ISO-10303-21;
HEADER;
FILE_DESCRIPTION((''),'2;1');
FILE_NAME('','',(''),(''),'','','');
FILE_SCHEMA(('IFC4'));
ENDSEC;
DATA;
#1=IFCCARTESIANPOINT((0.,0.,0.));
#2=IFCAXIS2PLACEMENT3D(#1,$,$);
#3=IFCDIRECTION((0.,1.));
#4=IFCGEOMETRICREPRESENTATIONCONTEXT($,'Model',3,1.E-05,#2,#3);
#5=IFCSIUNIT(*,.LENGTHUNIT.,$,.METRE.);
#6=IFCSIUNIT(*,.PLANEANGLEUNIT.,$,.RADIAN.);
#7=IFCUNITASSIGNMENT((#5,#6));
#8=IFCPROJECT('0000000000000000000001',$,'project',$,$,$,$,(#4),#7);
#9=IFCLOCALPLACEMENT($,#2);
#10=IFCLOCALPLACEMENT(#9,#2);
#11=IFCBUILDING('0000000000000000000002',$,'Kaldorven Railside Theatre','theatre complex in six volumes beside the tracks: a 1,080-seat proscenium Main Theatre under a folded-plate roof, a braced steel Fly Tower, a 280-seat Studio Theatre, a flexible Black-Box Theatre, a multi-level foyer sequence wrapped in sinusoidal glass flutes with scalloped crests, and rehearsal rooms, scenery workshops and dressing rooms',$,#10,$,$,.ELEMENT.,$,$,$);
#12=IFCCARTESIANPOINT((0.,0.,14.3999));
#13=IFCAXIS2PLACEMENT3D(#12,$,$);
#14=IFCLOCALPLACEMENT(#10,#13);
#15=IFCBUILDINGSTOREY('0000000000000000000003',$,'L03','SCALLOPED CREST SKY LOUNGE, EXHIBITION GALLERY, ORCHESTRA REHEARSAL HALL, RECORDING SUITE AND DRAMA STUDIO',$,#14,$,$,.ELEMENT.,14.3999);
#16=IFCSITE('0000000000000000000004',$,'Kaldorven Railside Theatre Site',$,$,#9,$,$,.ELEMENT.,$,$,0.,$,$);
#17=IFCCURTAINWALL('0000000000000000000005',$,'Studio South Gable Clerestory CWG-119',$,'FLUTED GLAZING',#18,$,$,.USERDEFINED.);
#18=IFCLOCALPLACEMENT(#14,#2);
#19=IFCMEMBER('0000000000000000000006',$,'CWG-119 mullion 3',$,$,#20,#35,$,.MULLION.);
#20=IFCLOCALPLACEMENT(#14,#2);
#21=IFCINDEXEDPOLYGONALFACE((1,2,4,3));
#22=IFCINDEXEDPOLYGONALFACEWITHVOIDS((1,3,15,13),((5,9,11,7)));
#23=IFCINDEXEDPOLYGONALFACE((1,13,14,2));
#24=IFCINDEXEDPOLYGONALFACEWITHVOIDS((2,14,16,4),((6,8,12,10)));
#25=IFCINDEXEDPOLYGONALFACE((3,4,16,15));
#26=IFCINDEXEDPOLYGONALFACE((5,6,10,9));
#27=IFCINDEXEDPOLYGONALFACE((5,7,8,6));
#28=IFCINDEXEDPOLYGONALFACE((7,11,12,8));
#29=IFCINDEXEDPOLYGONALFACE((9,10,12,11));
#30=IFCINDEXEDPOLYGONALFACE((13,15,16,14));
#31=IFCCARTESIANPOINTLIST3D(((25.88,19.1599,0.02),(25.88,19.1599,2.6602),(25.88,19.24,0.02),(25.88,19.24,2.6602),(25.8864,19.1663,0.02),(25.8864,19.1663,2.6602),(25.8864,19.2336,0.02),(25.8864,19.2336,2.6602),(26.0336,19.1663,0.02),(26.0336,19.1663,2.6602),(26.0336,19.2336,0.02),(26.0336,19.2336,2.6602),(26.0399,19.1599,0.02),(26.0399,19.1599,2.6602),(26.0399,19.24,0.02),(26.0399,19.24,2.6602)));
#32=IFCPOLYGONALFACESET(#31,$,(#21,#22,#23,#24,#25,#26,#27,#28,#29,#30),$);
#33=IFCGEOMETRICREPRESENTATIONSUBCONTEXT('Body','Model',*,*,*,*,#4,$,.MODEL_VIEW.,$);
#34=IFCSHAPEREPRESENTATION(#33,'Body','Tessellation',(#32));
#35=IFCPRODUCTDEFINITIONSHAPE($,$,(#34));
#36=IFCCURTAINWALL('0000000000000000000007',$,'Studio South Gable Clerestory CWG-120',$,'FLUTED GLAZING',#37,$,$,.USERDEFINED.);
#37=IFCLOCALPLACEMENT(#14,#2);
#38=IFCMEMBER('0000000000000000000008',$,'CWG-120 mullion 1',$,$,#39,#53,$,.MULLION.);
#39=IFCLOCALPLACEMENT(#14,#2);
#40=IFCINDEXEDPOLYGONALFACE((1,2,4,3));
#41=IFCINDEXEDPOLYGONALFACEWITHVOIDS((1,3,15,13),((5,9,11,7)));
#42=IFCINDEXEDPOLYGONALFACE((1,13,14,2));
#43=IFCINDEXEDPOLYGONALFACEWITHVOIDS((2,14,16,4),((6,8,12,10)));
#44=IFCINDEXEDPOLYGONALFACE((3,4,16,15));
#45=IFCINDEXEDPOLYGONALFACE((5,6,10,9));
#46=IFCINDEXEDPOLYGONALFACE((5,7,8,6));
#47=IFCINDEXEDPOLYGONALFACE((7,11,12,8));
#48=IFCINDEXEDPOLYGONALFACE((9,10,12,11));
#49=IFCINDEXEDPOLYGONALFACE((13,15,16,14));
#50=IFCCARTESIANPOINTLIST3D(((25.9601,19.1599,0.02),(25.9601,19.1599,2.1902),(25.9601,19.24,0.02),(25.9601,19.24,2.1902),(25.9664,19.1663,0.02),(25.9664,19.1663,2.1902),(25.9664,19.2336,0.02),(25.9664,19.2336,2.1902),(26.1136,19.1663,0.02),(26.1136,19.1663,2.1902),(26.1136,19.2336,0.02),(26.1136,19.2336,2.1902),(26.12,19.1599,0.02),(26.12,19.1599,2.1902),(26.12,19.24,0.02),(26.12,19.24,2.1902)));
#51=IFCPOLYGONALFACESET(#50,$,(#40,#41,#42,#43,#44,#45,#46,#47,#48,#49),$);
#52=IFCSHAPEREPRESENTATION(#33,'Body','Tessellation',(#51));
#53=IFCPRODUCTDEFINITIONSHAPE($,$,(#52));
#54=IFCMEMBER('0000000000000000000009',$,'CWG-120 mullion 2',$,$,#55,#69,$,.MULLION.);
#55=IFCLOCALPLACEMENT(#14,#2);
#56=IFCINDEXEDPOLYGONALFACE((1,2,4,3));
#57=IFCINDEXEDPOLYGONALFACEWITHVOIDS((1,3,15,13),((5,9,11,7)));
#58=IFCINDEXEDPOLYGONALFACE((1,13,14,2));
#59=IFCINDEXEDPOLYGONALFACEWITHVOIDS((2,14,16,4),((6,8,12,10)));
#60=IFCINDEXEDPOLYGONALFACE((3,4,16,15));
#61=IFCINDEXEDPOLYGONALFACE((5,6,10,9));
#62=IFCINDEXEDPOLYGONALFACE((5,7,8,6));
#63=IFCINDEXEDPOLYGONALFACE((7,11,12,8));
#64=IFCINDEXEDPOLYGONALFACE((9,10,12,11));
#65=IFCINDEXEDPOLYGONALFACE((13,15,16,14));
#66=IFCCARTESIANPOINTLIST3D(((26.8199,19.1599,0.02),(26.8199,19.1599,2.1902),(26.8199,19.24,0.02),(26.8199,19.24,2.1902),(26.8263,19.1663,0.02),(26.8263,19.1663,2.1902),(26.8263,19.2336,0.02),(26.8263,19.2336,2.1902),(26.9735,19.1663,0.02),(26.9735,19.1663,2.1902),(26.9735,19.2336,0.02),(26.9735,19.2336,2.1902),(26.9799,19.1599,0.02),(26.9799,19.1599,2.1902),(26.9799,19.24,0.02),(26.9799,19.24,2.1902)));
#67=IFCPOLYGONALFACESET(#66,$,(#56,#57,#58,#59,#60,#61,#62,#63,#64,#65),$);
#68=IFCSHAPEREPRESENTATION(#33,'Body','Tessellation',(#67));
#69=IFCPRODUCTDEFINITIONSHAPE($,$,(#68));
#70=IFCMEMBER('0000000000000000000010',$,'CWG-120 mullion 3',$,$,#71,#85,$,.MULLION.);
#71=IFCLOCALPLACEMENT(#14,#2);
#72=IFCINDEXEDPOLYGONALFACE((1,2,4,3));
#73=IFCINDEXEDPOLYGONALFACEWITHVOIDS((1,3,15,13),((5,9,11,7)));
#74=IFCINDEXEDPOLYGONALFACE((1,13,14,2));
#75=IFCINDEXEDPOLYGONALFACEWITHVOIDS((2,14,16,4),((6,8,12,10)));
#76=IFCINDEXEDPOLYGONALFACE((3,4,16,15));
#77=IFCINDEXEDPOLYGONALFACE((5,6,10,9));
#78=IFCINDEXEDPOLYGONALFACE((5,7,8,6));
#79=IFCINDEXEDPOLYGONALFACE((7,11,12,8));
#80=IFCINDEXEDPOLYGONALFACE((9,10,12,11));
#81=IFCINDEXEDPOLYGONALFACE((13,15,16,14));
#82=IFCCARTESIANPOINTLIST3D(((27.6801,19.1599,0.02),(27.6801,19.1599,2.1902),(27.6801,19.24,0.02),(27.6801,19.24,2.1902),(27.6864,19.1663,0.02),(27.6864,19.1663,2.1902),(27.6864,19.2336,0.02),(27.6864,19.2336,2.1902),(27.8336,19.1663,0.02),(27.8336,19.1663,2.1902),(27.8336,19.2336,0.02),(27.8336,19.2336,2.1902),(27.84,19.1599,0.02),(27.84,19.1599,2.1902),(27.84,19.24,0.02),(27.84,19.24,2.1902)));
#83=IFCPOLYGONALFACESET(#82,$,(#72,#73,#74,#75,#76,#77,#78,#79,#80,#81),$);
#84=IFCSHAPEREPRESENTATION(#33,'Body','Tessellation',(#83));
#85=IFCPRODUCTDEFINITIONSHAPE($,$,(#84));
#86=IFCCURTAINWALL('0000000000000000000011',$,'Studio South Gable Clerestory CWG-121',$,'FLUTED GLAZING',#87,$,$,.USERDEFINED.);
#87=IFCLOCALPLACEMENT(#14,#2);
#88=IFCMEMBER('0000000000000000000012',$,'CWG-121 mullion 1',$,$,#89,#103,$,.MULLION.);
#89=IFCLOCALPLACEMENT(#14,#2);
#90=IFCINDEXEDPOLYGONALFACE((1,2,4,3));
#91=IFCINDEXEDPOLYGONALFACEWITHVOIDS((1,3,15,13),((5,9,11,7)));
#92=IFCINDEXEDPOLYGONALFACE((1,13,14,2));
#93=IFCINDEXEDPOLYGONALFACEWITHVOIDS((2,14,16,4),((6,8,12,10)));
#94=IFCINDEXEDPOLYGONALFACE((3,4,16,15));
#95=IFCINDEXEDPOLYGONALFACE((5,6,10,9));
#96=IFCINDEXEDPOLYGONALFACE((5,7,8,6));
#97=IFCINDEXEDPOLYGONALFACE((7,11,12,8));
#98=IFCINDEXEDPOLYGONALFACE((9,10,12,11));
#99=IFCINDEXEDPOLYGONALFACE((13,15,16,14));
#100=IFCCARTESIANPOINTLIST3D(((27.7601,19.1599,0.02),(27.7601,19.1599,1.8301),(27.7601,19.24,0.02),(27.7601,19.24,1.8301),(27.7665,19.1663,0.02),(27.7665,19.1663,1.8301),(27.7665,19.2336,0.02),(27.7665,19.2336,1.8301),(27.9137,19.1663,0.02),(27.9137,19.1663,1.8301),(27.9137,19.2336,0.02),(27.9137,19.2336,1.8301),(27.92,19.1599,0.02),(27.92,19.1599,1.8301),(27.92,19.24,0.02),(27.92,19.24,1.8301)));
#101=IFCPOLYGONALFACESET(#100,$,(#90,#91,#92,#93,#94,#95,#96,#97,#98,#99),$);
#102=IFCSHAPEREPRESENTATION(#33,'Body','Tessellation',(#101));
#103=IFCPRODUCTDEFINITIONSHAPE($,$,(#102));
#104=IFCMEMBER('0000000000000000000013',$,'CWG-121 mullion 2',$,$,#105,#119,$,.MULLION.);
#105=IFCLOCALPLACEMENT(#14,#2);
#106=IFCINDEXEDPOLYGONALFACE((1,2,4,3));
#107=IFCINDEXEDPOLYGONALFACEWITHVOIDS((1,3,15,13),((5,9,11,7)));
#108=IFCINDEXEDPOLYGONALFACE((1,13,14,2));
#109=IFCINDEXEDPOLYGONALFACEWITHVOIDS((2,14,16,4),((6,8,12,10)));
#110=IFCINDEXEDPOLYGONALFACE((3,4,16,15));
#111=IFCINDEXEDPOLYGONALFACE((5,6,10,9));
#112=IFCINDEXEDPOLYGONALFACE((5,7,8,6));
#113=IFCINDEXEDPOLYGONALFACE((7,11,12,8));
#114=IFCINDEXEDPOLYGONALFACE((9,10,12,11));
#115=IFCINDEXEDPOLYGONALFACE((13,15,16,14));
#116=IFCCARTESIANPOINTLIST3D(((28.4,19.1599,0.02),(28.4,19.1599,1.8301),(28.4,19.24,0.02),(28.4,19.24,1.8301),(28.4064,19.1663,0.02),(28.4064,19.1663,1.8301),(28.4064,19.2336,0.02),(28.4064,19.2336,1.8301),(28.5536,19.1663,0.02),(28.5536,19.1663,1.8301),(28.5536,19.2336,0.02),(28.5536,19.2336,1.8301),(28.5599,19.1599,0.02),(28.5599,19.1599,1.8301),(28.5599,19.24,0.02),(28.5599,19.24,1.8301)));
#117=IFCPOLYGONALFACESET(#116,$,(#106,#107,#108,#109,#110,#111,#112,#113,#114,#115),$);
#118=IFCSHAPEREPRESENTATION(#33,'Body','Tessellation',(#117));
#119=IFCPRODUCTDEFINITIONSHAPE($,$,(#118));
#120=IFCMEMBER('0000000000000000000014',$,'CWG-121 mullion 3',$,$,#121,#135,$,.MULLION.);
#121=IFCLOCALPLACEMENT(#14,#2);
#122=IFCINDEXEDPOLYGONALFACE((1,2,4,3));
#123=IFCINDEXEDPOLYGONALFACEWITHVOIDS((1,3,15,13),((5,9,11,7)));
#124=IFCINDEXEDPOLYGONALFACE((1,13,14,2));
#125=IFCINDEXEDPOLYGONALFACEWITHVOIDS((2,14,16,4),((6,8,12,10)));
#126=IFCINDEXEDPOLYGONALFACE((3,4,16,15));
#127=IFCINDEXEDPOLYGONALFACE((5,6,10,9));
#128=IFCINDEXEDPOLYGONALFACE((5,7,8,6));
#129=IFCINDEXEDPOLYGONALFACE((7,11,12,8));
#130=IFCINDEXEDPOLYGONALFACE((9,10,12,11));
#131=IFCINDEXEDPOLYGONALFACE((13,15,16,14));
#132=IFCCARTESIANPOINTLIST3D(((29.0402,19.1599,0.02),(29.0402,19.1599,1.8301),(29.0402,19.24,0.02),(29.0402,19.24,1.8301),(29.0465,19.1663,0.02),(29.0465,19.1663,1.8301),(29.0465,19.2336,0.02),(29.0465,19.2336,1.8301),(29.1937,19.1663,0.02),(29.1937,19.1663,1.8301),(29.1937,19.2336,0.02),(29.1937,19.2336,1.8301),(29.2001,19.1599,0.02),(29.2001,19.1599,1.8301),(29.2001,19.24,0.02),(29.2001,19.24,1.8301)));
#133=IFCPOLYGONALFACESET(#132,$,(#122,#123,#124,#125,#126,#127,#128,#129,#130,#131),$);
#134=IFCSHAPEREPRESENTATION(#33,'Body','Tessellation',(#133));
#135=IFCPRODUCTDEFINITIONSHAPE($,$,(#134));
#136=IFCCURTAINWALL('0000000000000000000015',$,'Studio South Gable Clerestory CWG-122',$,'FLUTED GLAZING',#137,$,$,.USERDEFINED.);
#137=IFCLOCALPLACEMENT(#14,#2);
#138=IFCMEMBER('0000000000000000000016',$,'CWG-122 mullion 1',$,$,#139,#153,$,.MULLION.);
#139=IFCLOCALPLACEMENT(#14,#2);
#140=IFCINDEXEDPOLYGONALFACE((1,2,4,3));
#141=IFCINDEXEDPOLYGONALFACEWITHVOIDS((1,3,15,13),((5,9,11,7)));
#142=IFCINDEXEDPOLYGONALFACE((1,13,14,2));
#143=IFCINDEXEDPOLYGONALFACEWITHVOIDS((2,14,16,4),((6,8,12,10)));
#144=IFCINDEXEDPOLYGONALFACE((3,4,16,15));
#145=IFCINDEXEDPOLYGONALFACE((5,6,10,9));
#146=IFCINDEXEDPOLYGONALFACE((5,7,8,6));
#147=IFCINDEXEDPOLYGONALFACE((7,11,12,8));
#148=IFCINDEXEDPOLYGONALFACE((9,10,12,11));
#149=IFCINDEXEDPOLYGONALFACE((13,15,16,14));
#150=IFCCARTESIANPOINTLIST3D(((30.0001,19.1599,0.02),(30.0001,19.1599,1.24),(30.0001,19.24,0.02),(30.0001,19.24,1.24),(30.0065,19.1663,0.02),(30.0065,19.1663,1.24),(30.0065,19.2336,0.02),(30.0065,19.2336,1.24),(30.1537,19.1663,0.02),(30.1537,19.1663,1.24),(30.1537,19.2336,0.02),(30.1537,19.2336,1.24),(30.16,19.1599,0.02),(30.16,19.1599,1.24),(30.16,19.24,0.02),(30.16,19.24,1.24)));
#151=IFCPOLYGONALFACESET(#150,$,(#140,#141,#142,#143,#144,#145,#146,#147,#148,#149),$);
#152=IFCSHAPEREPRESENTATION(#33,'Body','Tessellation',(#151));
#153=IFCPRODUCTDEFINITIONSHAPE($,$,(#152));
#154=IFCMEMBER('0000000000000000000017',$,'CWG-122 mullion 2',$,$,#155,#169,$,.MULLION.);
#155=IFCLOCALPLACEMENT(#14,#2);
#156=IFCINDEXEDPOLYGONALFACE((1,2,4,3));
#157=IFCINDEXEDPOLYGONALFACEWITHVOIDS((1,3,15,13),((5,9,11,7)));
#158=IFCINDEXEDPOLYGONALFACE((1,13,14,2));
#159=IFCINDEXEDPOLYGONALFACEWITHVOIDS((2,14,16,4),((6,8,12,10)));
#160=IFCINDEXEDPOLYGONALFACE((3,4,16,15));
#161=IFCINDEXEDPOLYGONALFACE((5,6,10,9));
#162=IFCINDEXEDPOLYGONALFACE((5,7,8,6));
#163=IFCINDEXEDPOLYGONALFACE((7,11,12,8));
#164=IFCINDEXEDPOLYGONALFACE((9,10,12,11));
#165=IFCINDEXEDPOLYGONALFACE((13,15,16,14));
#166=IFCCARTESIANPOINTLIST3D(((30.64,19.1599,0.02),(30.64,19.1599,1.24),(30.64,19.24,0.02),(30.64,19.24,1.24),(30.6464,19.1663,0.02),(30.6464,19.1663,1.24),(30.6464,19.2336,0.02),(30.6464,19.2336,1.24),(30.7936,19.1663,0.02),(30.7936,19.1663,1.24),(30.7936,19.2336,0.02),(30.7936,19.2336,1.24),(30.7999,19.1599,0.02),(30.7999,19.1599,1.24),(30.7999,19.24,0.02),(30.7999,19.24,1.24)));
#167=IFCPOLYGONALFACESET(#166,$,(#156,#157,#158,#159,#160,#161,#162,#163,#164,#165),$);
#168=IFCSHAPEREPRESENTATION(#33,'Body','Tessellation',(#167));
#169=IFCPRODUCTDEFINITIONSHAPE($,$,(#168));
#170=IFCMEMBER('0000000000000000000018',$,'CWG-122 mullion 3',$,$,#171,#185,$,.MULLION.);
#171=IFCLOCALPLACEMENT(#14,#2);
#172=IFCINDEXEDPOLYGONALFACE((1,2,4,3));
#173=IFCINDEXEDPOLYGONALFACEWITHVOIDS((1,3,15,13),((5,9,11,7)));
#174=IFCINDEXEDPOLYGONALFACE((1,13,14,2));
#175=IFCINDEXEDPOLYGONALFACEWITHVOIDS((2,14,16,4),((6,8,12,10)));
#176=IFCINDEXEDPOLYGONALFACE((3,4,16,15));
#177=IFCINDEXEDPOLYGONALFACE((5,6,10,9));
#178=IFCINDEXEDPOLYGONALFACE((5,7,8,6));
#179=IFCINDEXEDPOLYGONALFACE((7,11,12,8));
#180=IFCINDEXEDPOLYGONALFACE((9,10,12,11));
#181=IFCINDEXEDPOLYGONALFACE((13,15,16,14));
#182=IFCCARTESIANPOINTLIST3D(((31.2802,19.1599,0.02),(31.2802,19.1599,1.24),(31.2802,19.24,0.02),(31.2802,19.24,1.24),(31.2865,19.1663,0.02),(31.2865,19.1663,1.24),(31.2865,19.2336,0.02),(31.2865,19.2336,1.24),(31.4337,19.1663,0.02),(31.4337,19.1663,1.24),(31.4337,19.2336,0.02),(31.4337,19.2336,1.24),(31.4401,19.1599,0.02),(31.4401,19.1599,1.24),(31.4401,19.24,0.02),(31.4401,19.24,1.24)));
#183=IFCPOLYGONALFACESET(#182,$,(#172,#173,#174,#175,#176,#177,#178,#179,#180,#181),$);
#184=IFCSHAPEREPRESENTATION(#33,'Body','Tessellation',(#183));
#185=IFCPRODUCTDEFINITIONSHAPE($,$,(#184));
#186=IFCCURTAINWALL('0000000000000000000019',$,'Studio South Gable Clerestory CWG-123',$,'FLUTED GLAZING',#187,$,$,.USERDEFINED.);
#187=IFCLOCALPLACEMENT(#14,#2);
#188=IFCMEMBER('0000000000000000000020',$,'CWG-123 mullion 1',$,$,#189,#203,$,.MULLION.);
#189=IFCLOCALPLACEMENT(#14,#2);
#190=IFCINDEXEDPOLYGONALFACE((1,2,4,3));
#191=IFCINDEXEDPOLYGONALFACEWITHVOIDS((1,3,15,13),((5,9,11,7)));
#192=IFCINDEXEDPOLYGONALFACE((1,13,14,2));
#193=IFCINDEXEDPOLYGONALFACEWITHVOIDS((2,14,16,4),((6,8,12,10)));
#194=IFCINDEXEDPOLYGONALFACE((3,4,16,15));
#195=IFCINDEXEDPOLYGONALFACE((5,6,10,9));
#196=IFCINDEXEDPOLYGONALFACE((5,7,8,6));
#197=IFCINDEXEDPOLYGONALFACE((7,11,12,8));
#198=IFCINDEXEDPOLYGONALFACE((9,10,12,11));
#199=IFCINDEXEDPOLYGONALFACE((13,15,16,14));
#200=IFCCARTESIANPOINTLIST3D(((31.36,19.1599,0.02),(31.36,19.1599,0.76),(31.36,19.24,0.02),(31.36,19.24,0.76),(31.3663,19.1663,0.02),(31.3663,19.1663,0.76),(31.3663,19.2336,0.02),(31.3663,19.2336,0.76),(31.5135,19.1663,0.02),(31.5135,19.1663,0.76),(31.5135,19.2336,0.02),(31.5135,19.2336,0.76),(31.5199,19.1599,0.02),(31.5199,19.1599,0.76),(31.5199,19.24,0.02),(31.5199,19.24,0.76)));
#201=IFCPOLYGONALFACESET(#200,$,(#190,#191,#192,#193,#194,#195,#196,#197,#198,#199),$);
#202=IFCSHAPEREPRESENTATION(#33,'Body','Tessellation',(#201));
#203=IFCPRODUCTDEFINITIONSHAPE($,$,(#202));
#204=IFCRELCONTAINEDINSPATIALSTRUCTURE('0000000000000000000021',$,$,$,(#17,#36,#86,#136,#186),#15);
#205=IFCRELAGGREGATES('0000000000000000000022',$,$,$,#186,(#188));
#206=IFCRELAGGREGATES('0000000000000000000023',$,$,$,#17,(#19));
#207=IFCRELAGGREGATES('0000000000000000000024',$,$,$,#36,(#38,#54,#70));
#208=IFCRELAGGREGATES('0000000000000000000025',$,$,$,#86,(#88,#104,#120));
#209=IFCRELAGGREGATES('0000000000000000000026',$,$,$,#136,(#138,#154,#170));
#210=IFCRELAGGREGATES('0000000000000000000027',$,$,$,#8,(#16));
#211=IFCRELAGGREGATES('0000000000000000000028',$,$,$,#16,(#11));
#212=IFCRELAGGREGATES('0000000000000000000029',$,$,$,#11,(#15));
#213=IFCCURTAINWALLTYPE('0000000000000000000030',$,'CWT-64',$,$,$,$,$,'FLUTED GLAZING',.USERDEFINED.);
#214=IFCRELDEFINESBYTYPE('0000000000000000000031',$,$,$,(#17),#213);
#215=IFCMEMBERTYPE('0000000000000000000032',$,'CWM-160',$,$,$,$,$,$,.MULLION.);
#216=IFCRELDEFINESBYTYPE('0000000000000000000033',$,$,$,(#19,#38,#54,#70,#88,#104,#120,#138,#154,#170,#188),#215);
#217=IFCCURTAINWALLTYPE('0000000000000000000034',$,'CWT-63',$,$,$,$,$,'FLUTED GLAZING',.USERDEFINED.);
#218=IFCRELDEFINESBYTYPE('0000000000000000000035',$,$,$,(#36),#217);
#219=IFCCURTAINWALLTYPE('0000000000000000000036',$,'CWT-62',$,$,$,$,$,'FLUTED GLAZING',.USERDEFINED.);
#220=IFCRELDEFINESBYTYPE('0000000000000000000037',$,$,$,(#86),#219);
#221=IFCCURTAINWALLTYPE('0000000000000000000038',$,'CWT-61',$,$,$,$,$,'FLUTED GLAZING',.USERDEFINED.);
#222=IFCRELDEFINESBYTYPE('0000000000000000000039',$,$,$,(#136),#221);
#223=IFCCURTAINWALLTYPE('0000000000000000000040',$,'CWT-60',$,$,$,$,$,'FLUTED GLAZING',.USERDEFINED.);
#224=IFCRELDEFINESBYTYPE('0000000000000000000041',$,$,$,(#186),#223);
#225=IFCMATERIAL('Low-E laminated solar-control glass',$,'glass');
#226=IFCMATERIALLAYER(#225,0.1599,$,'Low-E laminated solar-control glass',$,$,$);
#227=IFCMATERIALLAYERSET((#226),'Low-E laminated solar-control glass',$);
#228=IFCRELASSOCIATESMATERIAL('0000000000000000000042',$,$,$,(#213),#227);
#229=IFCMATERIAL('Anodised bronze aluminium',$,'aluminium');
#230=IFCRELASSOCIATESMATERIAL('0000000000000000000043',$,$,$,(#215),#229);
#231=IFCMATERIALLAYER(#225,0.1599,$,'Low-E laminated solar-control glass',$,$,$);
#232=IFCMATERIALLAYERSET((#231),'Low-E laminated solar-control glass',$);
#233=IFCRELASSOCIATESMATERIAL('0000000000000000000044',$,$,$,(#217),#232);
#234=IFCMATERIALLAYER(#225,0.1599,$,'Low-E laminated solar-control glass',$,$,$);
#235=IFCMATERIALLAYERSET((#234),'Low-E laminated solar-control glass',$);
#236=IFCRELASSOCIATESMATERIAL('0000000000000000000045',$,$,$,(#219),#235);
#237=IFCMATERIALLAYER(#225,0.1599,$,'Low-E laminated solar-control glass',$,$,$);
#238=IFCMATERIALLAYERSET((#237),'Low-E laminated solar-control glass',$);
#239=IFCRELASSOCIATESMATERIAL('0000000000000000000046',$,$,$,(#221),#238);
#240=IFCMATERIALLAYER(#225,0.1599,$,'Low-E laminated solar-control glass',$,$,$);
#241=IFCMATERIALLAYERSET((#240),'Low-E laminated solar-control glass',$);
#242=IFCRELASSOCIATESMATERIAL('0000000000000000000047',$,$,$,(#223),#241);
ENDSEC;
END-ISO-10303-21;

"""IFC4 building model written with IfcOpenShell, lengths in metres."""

from ifc_helpers import new_model, si_unit, direction, frame, origin, origin_2d, place, context, subcontext, project, spatial, hollow_rectangle, extrude, material, layer, layer_set, material_profile, profile_set, type_object, element, aggregate, save


model = new_model("IFC4")

# Units and contexts
model_context = context("Model", 3, precision=1e-05, world=origin(), true_north=direction((0.0, 1.0)))
body_context = subcontext(model_context, "Body", "Model", "MODEL_VIEW")
ifc_project = project(units=[si_unit("LENGTHUNIT", "METRE"), si_unit("PLANEANGLEUNIT", "RADIAN")], contexts=[model_context])

# Site, building, storey
site_placement = place(None, origin())
site = spatial("IfcSite", under=ifc_project, at=site_placement, Name="Kaldorven Railside Theatre Site", CompositionType="ELEMENT", RefElevation=0.0)
building_placement = place(site_placement, origin())
building = spatial("IfcBuilding", under=site, at=building_placement, Name="Kaldorven Railside Theatre", Description="theatre complex in six volumes beside the tracks: a 1,080-seat proscenium Main Theatre under a folded-plate roof, a braced steel Fly Tower, a 280-seat Studio Theatre, a flexible Black-Box Theatre, a multi-level foyer sequence wrapped in sinusoidal glass flutes with scalloped crests, and rehearsal rooms, scenery workshops and dressing rooms", CompositionType="ELEMENT")
storey_placement = place(building_placement, frame((0.0, 0.0, 14.3999)))
storey = spatial("IfcBuildingStorey", under=building, at=storey_placement, Name="L03", Description="SCALLOPED CREST SKY LOUNGE, EXHIBITION GALLERY, ORCHESTRA REHEARSAL HALL, RECORDING SUITE AND DRAMA STUDIO", CompositionType="ELEMENT", Elevation=14.3999)

# Curtain wall, member
ifc_material_1 = material(Name="Low-E laminated solar-control glass", Category="glass")
ifc_layer_1 = layer(ifc_material_1, 0.1599, Name="Low-E laminated solar-control glass")
ifc_layer_set_1 = layer_set([ifc_layer_1], Name="Low-E laminated solar-control glass")
curtain_wall_type_1 = type_object("IfcCurtainWallType", Name="CWT-64", ElementType="FLUTED GLAZING", PredefinedType="USERDEFINED", material=ifc_layer_set_1)
curtain_wall_1_placement = place(storey_placement, origin())
curtain_wall_1 = element("IfcCurtainWall", 1, at=curtain_wall_1_placement, inside=storey, type_object=curtain_wall_type_1, Name="Studio South Gable Clerestory CWG-119", ObjectType="FLUTED GLAZING", PredefinedType="USERDEFINED")
ifc_material_2 = material(Name="Anodised bronze aluminium", Category="aluminium")
ifc_material_profile_1 = material_profile(ifc_material_2, hollow_rectangle(XDim=0.0801, YDim=0.1599, WallThickness=0.0063, at=origin_2d()), Name="RHS 160x80x6.3")
ifc_profile_set_1 = profile_set([ifc_material_profile_1], Name="Anodised bronze aluminium")
member_type_1 = type_object("IfcMemberType", Name="CWM-160", PredefinedType="MULLION", material=ifc_profile_set_1)
member_1_placement = place(storey_placement, frame((25.96, 19.2, 0.02), z_axis=(0.0, 0.0, 1.0), x_axis=(0.0, 1.0, 0.0)))
member_1 = element("IfcMember", 2, at=member_1_placement, type_object=member_type_1, Name="CWG-119 mullion 3", PredefinedType="MULLION", context=body_context, shape_type="SweptSolid", body=[
    extrude(hollow_rectangle(XDim=0.0801, YDim=0.1599, WallThickness=0.0063, at=origin_2d()), origin(), (0.0, 0.0, 1.0), 2.6401),
])

# Curtain walls, members
ifc_layer_2 = layer(ifc_material_1, 0.1599, Name="Low-E laminated solar-control glass")
ifc_layer_set_2 = layer_set([ifc_layer_2], Name="Low-E laminated solar-control glass")
curtain_wall_type_2 = type_object("IfcCurtainWallType", Name="CWT-63", ElementType="FLUTED GLAZING", PredefinedType="USERDEFINED", material=ifc_layer_set_2)
curtain_wall_2_placement = place(storey_placement, origin())
curtain_wall_2 = element("IfcCurtainWall", 3, at=curtain_wall_2_placement, inside=storey, type_object=curtain_wall_type_2, Name="Studio South Gable Clerestory CWG-120", ObjectType="FLUTED GLAZING", PredefinedType="USERDEFINED")
member_2_placement = place(storey_placement, frame((26.04, 19.2, 0.02), z_axis=(0.0, 0.0, 1.0), x_axis=(0.0, 1.0, 0.0)))
member_2 = element("IfcMember", 4, at=member_2_placement, type_object=member_type_1, Name="CWG-120 mullion 1", PredefinedType="MULLION", context=body_context, shape_type="SweptSolid", body=[
    extrude(hollow_rectangle(XDim=0.0801, YDim=0.1599, WallThickness=0.0063, at=origin_2d()), origin(), (0.0, 0.0, 1.0), 2.1702),
])
member_3_placement = place(storey_placement, frame((26.8999, 19.2, 0.02), z_axis=(0.0, 0.0, 1.0), x_axis=(0.0, 1.0, 0.0)))
member_3 = element("IfcMember", 5, at=member_3_placement, type_object=member_type_1, Name="CWG-120 mullion 2", PredefinedType="MULLION", context=body_context, shape_type="SweptSolid", body=[
    extrude(hollow_rectangle(XDim=0.0801, YDim=0.1599, WallThickness=0.0063, at=origin_2d()), origin(), (0.0, 0.0, 1.0), 2.1702),
])
member_4_placement = place(storey_placement, frame((27.76, 19.2, 0.02), z_axis=(0.0, 0.0, 1.0), x_axis=(0.0, 1.0, 0.0)))
member_4 = element("IfcMember", 6, at=member_4_placement, type_object=member_type_1, Name="CWG-120 mullion 3", PredefinedType="MULLION", context=body_context, shape_type="SweptSolid", body=[
    extrude(hollow_rectangle(XDim=0.0801, YDim=0.1599, WallThickness=0.0063, at=origin_2d()), origin(), (0.0, 0.0, 1.0), 2.1702),
])
ifc_layer_3 = layer(ifc_material_1, 0.1599, Name="Low-E laminated solar-control glass")
ifc_layer_set_3 = layer_set([ifc_layer_3], Name="Low-E laminated solar-control glass")
curtain_wall_type_3 = type_object("IfcCurtainWallType", Name="CWT-62", ElementType="FLUTED GLAZING", PredefinedType="USERDEFINED", material=ifc_layer_set_3)
curtain_wall_3_placement = place(storey_placement, origin())
curtain_wall_3 = element("IfcCurtainWall", 7, at=curtain_wall_3_placement, inside=storey, type_object=curtain_wall_type_3, Name="Studio South Gable Clerestory CWG-121", ObjectType="FLUTED GLAZING", PredefinedType="USERDEFINED")
member_5_placement = place(storey_placement, frame((27.8401, 19.2, 0.02), z_axis=(0.0, 0.0, 1.0), x_axis=(0.0, 1.0, 0.0)))
member_5 = element("IfcMember", 8, at=member_5_placement, type_object=member_type_1, Name="CWG-121 mullion 1", PredefinedType="MULLION", context=body_context, shape_type="SweptSolid", body=[
    extrude(hollow_rectangle(XDim=0.0801, YDim=0.1599, WallThickness=0.0063, at=origin_2d()), origin(), (0.0, 0.0, 1.0), 1.8101),
])
member_6_placement = place(storey_placement, frame((28.48, 19.2, 0.02), z_axis=(0.0, 0.0, 1.0), x_axis=(0.0, 1.0, 0.0)))
member_6 = element("IfcMember", 9, at=member_6_placement, type_object=member_type_1, Name="CWG-121 mullion 2", PredefinedType="MULLION", context=body_context, shape_type="SweptSolid", body=[
    extrude(hollow_rectangle(XDim=0.0801, YDim=0.1599, WallThickness=0.0063, at=origin_2d()), origin(), (0.0, 0.0, 1.0), 1.8101),
])
member_7_placement = place(storey_placement, frame((29.1201, 19.2, 0.02), z_axis=(0.0, 0.0, 1.0), x_axis=(0.0, 1.0, 0.0)))
member_7 = element("IfcMember", 10, at=member_7_placement, type_object=member_type_1, Name="CWG-121 mullion 3", PredefinedType="MULLION", context=body_context, shape_type="SweptSolid", body=[
    extrude(hollow_rectangle(XDim=0.0801, YDim=0.1599, WallThickness=0.0063, at=origin_2d()), origin(), (0.0, 0.0, 1.0), 1.8101),
])
ifc_layer_4 = layer(ifc_material_1, 0.1599, Name="Low-E laminated solar-control glass")
ifc_layer_set_4 = layer_set([ifc_layer_4], Name="Low-E laminated solar-control glass")
curtain_wall_type_4 = type_object("IfcCurtainWallType", Name="CWT-61", ElementType="FLUTED GLAZING", PredefinedType="USERDEFINED", material=ifc_layer_set_4)
curtain_wall_4_placement = place(storey_placement, origin())
curtain_wall_4 = element("IfcCurtainWall", 11, at=curtain_wall_4_placement, inside=storey, type_object=curtain_wall_type_4, Name="Studio South Gable Clerestory CWG-122", ObjectType="FLUTED GLAZING", PredefinedType="USERDEFINED")
member_8_placement = place(storey_placement, frame((30.0801, 19.2, 0.02), z_axis=(0.0, 0.0, 1.0), x_axis=(0.0, 1.0, 0.0)))
member_8 = element("IfcMember", 12, at=member_8_placement, type_object=member_type_1, Name="CWG-122 mullion 1", PredefinedType="MULLION", context=body_context, shape_type="SweptSolid", body=[
    extrude(hollow_rectangle(XDim=0.0801, YDim=0.1599, WallThickness=0.0063, at=origin_2d()), origin(), (0.0, 0.0, 1.0), 1.22),
])
member_9_placement = place(storey_placement, frame((30.72, 19.2, 0.02), z_axis=(0.0, 0.0, 1.0), x_axis=(0.0, 1.0, 0.0)))
member_9 = element("IfcMember", 13, at=member_9_placement, type_object=member_type_1, Name="CWG-122 mullion 2", PredefinedType="MULLION", context=body_context, shape_type="SweptSolid", body=[
    extrude(hollow_rectangle(XDim=0.0801, YDim=0.1599, WallThickness=0.0063, at=origin_2d()), origin(), (0.0, 0.0, 1.0), 1.22),
])
member_10_placement = place(storey_placement, frame((31.3601, 19.2, 0.02), z_axis=(0.0, 0.0, 1.0), x_axis=(0.0, 1.0, 0.0)))
member_10 = element("IfcMember", 14, at=member_10_placement, type_object=member_type_1, Name="CWG-122 mullion 3", PredefinedType="MULLION", context=body_context, shape_type="SweptSolid", body=[
    extrude(hollow_rectangle(XDim=0.0801, YDim=0.1599, WallThickness=0.0063, at=origin_2d()), origin(), (0.0, 0.0, 1.0), 1.22),
])

# Curtain wall, member
ifc_layer_5 = layer(ifc_material_1, 0.1599, Name="Low-E laminated solar-control glass")
ifc_layer_set_5 = layer_set([ifc_layer_5], Name="Low-E laminated solar-control glass")
curtain_wall_type_5 = type_object("IfcCurtainWallType", Name="CWT-60", ElementType="FLUTED GLAZING", PredefinedType="USERDEFINED", material=ifc_layer_set_5)
curtain_wall_5_placement = place(storey_placement, origin())
curtain_wall_5 = element("IfcCurtainWall", 15, at=curtain_wall_5_placement, inside=storey, type_object=curtain_wall_type_5, Name="Studio South Gable Clerestory CWG-123", ObjectType="FLUTED GLAZING", PredefinedType="USERDEFINED")
member_11_placement = place(storey_placement, frame((31.4399, 19.2, 0.02), z_axis=(0.0, 0.0, 1.0), x_axis=(0.0, 1.0, 0.0)))
member_11 = element("IfcMember", 16, at=member_11_placement, type_object=member_type_1, Name="CWG-123 mullion 1", PredefinedType="MULLION", context=body_context, shape_type="SweptSolid", body=[
    extrude(hollow_rectangle(XDim=0.0801, YDim=0.1599, WallThickness=0.0063, at=origin_2d()), origin(), (0.0, 0.0, 1.0), 0.74),
])

aggregate(curtain_wall_5, [member_11])

aggregate(curtain_wall_1, [member_1])
aggregate(curtain_wall_2, [member_2, member_3, member_4])
aggregate(curtain_wall_3, [member_5, member_6, member_7])
aggregate(curtain_wall_4, [member_8, member_9, member_10])

save(model, "model.ifc")
